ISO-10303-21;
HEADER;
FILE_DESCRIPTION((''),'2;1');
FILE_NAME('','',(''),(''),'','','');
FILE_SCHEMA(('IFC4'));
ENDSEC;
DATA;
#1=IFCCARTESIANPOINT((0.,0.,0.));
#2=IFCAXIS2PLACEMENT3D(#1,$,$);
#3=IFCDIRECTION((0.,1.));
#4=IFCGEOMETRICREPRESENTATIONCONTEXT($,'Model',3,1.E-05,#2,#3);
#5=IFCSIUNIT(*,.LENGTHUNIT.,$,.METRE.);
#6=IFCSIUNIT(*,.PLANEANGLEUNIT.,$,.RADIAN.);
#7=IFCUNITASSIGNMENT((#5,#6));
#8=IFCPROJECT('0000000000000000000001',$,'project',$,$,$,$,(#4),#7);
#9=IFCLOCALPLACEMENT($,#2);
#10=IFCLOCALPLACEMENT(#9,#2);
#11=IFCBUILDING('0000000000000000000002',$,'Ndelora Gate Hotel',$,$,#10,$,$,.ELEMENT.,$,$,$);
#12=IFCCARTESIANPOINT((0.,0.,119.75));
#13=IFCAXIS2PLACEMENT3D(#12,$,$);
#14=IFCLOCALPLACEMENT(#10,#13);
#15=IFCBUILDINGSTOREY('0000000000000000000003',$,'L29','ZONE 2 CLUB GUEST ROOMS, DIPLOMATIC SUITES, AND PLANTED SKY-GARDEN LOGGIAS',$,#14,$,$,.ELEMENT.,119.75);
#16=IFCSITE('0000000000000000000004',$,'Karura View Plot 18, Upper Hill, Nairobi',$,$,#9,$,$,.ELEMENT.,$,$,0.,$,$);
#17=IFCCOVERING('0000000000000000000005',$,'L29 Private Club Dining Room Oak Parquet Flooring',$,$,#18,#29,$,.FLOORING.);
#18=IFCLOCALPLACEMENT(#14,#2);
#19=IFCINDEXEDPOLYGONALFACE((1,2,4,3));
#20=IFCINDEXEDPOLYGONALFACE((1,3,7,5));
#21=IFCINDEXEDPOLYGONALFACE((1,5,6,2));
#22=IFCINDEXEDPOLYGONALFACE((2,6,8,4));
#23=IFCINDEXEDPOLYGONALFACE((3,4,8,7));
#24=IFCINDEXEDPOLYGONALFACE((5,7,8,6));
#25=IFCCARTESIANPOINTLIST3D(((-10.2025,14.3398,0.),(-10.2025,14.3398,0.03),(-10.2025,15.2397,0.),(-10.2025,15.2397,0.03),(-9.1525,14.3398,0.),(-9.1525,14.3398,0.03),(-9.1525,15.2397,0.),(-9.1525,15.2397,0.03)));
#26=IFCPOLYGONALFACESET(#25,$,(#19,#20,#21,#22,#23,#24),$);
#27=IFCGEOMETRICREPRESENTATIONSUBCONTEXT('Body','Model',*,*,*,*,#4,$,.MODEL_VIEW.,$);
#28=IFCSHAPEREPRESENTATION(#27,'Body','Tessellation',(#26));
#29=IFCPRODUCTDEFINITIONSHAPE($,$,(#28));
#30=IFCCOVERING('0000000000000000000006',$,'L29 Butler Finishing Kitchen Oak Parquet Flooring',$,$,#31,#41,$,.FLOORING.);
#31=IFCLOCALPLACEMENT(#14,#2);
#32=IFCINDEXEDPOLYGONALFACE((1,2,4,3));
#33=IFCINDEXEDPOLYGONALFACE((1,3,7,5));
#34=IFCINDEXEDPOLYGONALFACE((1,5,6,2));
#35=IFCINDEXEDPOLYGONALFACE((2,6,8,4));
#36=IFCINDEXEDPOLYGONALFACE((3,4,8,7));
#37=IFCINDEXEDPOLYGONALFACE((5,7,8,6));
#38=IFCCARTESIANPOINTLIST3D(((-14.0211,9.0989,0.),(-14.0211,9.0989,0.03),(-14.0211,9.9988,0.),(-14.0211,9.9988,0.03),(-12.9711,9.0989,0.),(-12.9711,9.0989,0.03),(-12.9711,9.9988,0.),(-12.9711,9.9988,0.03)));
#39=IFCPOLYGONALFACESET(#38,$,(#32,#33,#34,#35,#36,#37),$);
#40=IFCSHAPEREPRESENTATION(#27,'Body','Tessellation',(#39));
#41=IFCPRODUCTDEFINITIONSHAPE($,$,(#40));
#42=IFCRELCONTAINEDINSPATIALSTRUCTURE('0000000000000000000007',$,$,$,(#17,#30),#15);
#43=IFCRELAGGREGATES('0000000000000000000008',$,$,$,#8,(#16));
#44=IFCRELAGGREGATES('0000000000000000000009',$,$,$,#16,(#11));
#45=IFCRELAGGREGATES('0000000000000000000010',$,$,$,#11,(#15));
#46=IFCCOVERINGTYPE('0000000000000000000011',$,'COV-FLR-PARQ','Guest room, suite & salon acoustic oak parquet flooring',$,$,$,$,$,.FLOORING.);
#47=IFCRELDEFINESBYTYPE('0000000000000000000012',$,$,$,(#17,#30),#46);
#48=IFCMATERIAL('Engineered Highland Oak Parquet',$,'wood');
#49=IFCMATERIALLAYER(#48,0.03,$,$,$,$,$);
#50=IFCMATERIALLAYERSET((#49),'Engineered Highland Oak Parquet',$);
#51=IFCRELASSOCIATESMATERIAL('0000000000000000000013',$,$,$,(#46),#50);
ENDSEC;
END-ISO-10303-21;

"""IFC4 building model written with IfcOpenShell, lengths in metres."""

from ifc_helpers import new_model, si_unit, direction, frame, origin, origin_2d, place, context, subcontext, project, spatial, rectangle, extrude, material, layer, layer_set, type_object, element, save


model = new_model("IFC4")

# Units and contexts
model_context = context("Model", 3, precision=1e-05, world=origin(), true_north=direction((0.0, 1.0)))
body_context = subcontext(model_context, "Body", "Model", "MODEL_VIEW")
ifc_project = project(units=[si_unit("LENGTHUNIT", "METRE"), si_unit("PLANEANGLEUNIT", "RADIAN")], contexts=[model_context])

# Site, building, storey
site_placement = place(None, origin())
site = spatial("IfcSite", under=ifc_project, at=site_placement, Name="Karura View Plot 18, Upper Hill, Nairobi", CompositionType="ELEMENT", RefElevation=0.0)
building_placement = place(site_placement, origin())
building = spatial("IfcBuilding", under=site, at=building_placement, Name="Ndelora Gate Hotel", CompositionType="ELEMENT")
storey_placement = place(building_placement, frame((0.0, 0.0, 119.75)))
storey = spatial("IfcBuildingStorey", under=building, at=storey_placement, Name="L29", Description="ZONE 2 CLUB GUEST ROOMS, DIPLOMATIC SUITES, AND PLANTED SKY-GARDEN LOGGIAS", CompositionType="ELEMENT", Elevation=119.75)

# Coverings
ifc_material_1 = material(Name="Engineered Highland Oak Parquet", Category="wood")
ifc_layer_1 = layer(ifc_material_1, 0.03)
ifc_layer_set_1 = layer_set([ifc_layer_1], Name="Engineered Highland Oak Parquet")
covering_type_1 = type_object("IfcCoveringType", Name="COV-FLR-PARQ", Description="Guest room, suite & salon acoustic oak parquet flooring", PredefinedType="FLOORING", material=ifc_layer_set_1)
for number, where, z_axis, x_axis, name in (
    (1, (-9.6775, 14.7898, 0.0), (0.0, 0.0, 1.0), (1.0, 0.0, 0.0), "L29 Private Club Dining Room Oak Parquet Flooring"),
    (2, (-13.4961, 9.5488, 0.0), (0.0, 0.0, 1.0), (1.0, 0.0, 0.0), "L29 Butler Finishing Kitchen Oak Parquet Flooring"),
):
    element("IfcCovering", number, at=place(storey_placement, frame(where, z_axis=z_axis, x_axis=x_axis)), inside=storey, type_object=covering_type_1, Name=name, PredefinedType="FLOORING", context=body_context, shape_type="SweptSolid", body=[
        extrude(rectangle(XDim=1.05, YDim=0.8999, at=origin_2d()), origin(), (0.0, 0.0, 1.0), 0.03),
    ])

save(model, "model.ifc")
